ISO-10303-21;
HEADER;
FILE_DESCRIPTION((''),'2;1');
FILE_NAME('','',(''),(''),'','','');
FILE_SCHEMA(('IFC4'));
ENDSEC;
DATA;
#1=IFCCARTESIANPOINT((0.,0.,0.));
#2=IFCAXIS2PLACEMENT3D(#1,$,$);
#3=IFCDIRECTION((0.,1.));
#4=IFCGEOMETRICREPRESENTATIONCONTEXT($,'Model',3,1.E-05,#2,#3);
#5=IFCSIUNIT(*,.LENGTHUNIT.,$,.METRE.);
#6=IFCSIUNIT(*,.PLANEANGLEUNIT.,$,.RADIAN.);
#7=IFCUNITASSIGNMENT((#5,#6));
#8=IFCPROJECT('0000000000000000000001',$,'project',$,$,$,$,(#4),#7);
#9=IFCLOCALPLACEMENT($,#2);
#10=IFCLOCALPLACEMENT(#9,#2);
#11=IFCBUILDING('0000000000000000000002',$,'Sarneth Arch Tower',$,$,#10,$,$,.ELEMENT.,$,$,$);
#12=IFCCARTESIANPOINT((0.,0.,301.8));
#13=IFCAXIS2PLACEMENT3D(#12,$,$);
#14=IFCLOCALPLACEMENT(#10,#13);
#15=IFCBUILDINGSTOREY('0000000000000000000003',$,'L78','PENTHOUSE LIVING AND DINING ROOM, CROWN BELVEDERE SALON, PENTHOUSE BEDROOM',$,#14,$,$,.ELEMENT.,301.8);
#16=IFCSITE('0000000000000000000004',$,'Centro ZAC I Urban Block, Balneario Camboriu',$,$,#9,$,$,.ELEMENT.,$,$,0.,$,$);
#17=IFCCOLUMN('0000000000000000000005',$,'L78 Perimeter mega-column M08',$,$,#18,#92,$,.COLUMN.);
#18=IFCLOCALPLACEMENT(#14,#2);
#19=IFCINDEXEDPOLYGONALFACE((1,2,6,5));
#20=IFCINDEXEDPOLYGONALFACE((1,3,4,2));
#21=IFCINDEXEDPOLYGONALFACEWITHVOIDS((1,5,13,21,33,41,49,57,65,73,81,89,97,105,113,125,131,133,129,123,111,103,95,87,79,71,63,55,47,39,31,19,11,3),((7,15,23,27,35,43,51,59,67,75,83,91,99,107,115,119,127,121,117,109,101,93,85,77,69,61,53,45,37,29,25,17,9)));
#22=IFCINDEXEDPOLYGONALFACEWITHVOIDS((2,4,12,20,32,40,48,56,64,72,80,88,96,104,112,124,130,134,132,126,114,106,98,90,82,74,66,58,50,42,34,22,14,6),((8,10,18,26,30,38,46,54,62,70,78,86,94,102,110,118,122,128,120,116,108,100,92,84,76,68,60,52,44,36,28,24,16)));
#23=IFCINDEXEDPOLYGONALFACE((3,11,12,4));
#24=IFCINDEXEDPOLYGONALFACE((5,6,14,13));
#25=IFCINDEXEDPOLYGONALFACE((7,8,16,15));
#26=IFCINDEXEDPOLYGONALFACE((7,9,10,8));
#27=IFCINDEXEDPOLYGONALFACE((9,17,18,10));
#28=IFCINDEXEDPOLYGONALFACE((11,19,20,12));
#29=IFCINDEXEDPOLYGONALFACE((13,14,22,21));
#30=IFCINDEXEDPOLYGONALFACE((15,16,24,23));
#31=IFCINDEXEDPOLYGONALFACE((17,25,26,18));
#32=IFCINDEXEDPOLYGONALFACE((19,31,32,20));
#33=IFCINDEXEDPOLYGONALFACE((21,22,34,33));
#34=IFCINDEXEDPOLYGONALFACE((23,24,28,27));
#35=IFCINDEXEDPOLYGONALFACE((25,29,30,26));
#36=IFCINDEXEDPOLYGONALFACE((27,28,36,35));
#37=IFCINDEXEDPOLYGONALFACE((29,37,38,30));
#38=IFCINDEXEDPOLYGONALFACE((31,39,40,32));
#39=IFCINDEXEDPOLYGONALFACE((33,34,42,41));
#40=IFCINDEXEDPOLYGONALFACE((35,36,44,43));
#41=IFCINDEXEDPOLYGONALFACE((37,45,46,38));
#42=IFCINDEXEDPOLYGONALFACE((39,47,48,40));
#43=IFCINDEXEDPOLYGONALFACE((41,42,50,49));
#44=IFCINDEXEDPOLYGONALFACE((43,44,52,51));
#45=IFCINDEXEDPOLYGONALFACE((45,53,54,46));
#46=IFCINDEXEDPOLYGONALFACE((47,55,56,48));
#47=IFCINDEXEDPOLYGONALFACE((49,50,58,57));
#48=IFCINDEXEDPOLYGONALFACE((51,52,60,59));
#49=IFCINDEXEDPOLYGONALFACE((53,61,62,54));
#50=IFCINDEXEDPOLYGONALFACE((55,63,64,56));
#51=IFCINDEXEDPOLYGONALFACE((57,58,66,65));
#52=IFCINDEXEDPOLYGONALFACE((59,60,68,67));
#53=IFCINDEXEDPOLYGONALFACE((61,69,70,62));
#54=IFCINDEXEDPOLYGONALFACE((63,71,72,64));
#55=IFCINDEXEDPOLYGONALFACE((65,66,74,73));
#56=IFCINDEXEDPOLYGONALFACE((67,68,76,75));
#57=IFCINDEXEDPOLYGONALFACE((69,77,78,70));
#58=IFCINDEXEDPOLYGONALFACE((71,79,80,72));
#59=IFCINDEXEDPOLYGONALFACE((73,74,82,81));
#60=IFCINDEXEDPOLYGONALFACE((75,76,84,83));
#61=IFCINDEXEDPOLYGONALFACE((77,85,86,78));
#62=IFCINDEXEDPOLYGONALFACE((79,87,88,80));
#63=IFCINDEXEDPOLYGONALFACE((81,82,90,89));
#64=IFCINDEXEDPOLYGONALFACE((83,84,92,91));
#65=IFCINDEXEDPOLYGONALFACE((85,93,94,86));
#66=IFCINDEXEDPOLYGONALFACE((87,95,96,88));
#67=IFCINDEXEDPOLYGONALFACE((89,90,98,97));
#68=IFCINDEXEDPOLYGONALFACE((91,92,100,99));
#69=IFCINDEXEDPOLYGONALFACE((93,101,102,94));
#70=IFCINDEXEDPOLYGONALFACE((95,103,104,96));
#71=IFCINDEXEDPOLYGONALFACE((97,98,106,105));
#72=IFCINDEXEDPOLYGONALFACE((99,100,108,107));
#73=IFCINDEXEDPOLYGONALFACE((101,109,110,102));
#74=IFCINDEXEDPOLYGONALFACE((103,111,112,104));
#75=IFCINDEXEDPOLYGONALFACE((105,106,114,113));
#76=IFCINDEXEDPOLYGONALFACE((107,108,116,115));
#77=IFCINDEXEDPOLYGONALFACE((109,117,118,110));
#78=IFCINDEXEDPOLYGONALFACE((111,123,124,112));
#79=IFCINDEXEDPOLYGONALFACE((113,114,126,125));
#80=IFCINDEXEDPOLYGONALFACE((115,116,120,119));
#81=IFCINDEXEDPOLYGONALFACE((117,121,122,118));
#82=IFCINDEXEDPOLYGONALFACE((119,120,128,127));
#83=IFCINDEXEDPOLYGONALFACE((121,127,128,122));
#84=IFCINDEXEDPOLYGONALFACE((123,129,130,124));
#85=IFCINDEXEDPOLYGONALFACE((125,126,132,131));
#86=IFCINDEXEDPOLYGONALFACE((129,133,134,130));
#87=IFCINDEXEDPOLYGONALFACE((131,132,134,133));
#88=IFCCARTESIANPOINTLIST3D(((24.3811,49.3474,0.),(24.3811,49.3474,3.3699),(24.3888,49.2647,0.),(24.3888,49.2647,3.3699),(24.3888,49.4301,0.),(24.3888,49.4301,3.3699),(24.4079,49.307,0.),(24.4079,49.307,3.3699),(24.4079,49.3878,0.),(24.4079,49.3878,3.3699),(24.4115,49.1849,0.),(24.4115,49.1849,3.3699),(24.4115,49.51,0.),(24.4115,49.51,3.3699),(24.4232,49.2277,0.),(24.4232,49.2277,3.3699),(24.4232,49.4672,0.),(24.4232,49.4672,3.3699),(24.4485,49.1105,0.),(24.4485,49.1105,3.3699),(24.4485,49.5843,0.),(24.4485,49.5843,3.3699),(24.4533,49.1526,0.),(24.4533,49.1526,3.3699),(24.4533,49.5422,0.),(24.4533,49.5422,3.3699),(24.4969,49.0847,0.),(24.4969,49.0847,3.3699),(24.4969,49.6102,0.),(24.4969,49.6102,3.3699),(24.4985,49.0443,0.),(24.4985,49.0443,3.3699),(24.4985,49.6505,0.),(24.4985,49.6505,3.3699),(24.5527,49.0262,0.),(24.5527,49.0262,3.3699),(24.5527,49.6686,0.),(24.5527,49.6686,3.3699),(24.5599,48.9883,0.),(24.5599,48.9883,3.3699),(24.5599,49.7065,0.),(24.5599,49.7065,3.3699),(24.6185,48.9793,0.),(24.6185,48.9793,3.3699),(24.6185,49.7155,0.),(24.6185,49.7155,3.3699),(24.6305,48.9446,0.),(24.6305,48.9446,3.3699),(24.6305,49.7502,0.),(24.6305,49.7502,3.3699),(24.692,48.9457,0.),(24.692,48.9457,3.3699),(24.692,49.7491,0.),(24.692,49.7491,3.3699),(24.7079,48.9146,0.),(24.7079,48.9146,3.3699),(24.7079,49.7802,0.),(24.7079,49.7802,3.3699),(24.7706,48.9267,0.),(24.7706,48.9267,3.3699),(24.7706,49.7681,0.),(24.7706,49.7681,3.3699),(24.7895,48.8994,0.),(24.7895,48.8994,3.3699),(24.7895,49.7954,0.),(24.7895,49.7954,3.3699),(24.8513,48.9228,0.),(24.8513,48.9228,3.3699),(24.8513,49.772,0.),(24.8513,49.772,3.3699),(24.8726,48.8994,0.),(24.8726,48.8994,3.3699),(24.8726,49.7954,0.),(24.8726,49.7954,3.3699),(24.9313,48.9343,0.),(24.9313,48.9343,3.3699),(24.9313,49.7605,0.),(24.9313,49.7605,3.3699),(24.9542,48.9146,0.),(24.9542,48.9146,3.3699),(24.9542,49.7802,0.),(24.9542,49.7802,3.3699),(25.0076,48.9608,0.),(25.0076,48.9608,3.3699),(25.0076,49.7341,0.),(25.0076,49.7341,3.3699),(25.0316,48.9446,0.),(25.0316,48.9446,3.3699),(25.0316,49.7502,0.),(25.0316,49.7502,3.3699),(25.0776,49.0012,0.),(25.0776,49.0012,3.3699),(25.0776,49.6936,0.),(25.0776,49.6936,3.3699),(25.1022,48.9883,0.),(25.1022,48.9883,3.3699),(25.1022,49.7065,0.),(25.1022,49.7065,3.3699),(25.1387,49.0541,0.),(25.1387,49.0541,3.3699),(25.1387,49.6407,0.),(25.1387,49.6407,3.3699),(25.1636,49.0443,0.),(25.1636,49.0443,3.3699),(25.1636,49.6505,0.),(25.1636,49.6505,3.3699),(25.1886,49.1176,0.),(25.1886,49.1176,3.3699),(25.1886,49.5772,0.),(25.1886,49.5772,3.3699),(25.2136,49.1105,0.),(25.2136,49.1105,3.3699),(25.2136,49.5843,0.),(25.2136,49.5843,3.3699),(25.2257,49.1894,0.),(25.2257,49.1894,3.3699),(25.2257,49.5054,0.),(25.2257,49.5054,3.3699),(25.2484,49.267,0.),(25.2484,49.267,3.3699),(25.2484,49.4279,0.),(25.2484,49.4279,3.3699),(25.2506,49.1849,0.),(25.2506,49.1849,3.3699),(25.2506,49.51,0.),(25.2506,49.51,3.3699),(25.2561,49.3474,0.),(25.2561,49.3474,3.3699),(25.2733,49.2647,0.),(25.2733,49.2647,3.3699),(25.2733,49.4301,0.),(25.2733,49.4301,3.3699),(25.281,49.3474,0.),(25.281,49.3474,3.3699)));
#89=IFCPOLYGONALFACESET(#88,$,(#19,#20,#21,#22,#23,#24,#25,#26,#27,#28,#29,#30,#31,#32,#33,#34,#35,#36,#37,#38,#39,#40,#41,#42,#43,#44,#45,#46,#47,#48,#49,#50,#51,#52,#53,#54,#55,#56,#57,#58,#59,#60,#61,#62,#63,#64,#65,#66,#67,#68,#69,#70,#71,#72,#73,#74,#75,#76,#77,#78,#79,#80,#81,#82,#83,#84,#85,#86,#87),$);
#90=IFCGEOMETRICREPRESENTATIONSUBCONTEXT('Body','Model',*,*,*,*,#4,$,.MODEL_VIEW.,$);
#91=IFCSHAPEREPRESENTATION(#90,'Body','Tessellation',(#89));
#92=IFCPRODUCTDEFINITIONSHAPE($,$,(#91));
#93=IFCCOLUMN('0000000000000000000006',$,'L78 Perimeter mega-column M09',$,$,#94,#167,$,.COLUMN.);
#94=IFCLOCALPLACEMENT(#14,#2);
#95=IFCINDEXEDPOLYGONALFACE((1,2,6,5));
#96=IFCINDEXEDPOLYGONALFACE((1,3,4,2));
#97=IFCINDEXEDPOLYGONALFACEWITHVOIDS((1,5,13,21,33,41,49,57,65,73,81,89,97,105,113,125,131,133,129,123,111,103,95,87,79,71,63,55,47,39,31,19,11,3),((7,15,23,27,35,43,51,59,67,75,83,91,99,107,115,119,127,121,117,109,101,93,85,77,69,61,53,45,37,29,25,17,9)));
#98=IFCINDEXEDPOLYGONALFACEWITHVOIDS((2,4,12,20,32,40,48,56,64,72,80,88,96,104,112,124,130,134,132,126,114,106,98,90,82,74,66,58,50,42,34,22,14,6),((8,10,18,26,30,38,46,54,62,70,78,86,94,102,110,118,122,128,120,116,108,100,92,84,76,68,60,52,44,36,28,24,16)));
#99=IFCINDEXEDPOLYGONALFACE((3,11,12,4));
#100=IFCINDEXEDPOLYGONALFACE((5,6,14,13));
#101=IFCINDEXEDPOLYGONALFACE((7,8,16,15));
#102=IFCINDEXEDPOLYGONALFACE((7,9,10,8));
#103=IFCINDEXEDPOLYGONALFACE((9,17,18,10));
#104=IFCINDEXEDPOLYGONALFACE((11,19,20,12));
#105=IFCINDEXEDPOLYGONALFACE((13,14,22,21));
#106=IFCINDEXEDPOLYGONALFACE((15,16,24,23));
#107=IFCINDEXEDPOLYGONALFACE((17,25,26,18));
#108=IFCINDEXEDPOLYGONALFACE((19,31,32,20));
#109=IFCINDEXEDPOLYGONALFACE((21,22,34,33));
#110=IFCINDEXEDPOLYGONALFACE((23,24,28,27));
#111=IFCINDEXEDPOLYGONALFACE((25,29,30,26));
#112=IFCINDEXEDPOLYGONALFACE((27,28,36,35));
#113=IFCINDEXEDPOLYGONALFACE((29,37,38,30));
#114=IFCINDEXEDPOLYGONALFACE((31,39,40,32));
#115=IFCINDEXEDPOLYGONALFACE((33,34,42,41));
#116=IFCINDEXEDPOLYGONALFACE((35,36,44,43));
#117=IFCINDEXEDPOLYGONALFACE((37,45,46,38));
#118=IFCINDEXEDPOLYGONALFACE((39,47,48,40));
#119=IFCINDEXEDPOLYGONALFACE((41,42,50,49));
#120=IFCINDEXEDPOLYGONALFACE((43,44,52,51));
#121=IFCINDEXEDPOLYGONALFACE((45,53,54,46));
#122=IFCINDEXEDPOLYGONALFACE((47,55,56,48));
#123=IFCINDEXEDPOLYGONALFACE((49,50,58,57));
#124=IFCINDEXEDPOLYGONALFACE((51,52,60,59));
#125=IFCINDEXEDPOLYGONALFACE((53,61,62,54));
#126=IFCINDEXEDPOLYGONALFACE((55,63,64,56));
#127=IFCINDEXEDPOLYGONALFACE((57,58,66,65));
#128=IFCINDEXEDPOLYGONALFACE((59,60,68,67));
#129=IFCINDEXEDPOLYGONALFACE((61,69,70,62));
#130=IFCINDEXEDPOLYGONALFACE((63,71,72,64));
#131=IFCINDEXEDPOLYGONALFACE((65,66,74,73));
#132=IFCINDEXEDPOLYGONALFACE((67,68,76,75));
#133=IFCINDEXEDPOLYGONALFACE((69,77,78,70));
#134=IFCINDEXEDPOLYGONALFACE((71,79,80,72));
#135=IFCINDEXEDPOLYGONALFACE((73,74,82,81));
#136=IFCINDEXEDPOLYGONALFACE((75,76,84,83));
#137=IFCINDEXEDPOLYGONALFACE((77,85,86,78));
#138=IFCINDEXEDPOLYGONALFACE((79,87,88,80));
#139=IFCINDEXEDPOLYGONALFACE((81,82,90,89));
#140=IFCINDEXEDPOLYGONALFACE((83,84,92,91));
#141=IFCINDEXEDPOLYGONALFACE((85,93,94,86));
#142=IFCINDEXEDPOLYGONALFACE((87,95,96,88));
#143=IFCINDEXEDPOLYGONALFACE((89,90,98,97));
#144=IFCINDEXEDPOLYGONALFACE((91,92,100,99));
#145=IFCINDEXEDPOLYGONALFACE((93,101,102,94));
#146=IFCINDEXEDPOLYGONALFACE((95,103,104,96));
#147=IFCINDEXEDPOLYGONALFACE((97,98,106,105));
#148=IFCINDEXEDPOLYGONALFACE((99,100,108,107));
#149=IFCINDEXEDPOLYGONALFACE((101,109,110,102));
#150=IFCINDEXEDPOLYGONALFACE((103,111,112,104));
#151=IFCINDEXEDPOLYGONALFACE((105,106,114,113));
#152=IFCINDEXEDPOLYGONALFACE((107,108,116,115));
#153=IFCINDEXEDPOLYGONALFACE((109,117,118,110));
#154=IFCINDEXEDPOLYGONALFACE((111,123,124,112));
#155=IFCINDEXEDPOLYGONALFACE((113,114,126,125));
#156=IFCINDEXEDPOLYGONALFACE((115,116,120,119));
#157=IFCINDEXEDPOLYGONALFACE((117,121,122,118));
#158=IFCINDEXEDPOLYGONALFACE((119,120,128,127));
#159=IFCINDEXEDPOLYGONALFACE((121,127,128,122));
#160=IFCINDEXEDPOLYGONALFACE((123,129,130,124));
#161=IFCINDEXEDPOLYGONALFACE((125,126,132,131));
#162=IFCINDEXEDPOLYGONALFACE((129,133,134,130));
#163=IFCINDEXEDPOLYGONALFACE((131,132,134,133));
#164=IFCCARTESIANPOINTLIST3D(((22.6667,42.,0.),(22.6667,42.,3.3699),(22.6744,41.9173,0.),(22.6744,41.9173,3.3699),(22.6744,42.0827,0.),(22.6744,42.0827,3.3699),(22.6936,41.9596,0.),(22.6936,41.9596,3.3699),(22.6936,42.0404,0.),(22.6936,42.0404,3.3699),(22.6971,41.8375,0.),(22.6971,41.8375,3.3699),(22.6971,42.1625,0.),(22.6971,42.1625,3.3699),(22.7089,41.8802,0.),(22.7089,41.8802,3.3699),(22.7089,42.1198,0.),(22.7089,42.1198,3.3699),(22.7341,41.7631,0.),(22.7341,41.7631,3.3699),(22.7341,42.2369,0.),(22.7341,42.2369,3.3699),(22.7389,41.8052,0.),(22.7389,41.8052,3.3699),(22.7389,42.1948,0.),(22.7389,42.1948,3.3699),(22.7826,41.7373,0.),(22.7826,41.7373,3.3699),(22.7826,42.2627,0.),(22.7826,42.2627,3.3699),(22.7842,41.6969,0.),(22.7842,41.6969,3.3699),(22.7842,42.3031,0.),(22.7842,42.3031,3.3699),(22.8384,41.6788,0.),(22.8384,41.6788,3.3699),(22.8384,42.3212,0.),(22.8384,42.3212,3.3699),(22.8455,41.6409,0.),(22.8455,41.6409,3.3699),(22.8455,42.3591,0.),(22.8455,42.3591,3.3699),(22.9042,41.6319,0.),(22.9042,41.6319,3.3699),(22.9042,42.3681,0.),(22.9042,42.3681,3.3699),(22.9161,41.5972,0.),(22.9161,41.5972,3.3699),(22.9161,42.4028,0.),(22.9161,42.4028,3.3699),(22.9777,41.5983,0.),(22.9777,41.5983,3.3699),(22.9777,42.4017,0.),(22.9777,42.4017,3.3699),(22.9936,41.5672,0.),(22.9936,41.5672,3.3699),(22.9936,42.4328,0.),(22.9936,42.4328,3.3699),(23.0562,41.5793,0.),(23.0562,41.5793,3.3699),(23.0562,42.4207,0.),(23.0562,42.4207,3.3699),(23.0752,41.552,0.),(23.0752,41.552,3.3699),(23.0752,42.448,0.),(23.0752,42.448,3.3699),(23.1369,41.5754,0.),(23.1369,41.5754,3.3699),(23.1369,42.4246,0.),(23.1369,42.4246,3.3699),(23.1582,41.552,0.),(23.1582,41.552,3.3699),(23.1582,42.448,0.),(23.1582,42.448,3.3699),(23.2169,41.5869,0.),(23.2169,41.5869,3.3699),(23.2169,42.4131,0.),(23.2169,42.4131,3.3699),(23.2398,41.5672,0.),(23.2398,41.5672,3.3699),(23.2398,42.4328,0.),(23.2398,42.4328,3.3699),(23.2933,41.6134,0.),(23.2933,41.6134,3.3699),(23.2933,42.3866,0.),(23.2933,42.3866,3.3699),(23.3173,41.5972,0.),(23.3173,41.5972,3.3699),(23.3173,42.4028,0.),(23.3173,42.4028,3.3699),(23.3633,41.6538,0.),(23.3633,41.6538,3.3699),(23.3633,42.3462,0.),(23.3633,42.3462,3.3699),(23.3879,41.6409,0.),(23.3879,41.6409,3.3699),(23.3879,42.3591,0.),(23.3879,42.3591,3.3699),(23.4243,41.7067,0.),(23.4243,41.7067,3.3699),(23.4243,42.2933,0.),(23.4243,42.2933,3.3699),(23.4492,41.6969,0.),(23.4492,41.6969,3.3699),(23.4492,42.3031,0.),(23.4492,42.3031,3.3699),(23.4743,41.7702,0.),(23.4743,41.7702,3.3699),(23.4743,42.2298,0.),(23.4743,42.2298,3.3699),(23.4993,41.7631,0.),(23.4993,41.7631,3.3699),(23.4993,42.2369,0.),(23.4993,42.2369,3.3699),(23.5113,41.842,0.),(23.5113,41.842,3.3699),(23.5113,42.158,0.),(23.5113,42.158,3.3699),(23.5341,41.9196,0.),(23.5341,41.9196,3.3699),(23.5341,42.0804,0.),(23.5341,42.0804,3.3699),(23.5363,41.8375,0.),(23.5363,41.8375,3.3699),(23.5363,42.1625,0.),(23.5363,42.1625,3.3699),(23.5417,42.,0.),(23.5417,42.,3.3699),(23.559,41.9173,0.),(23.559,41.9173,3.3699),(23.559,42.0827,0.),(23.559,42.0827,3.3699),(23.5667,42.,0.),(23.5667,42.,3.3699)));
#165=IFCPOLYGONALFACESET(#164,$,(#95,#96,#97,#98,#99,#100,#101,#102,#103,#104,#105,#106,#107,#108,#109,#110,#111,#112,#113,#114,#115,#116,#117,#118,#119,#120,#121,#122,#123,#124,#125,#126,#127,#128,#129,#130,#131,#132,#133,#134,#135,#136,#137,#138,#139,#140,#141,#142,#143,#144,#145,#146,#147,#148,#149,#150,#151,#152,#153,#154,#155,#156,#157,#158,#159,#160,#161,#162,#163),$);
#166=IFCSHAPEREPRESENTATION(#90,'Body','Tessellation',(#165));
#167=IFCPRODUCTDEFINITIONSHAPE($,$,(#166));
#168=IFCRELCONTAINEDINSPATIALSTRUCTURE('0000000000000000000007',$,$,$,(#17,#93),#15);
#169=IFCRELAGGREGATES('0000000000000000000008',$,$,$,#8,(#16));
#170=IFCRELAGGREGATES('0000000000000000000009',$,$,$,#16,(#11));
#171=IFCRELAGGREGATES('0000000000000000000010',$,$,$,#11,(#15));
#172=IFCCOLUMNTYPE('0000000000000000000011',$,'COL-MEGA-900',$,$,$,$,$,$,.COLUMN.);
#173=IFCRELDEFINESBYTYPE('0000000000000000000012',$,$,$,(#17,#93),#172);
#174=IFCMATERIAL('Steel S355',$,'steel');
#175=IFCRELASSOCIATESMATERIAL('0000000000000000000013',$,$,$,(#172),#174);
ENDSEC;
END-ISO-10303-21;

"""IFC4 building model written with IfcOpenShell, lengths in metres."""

from ifc_helpers import new_model, si_unit, direction, frame, origin, origin_2d, place, context, subcontext, project, spatial, hollow_circle, extrude, material, material_profile, profile_set, type_object, element, save


model = new_model("IFC4")

# Units and contexts
model_context = context("Model", 3, precision=1e-05, world=origin(), true_north=direction((0.0, 1.0)))
body_context = subcontext(model_context, "Body", "Model", "MODEL_VIEW")
ifc_project = project(units=[si_unit("LENGTHUNIT", "METRE"), si_unit("PLANEANGLEUNIT", "RADIAN")], contexts=[model_context])

# Site, building, storey
site_placement = place(None, origin())
site = spatial("IfcSite", under=ifc_project, at=site_placement, Name="Centro ZAC I Urban Block, Balneario Camboriu", CompositionType="ELEMENT", RefElevation=0.0)
building_placement = place(site_placement, origin())
building = spatial("IfcBuilding", under=site, at=building_placement, Name="Sarneth Arch Tower", CompositionType="ELEMENT")
storey_placement = place(building_placement, frame((0.0, 0.0, 301.8)))
storey = spatial("IfcBuildingStorey", under=building, at=storey_placement, Name="L78", Description="PENTHOUSE LIVING AND DINING ROOM, CROWN BELVEDERE SALON, PENTHOUSE BEDROOM", CompositionType="ELEMENT", Elevation=301.8)

# Columns
ifc_material_1 = material(Name="Steel S355", Category="steel")
ifc_material_profile_1 = material_profile(ifc_material_1, hollow_circle(Radius=0.45, WallThickness=0.0249, at=origin_2d()), Name="CHS900x25")
ifc_profile_set_1 = profile_set([ifc_material_profile_1], Name="Steel S355")
column_type = type_object("IfcColumnType", Name="COL-MEGA-900", PredefinedType="COLUMN", material=ifc_profile_set_1)
for number, where, z_axis, x_axis, name in (
    (1, (24.8311, 49.3474, 0.0), (0.0, 0.0, 1.0), (1.0, 0.0, 0.0), "L78 Perimeter mega-column M08"),
    (2, (23.1167, 42.0, 0.0), (0.0, 0.0, 1.0), (1.0, 0.0, 0.0), "L78 Perimeter mega-column M09"),
):
    element("IfcColumn", number, at=place(storey_placement, frame(where, z_axis=z_axis, x_axis=x_axis)), inside=storey, type_object=column_type, Name=name, PredefinedType="COLUMN", context=body_context, shape_type="SweptSolid", body=[
        extrude(hollow_circle(Radius=0.45, WallThickness=0.0249, at=origin_2d()), origin(), (0.0, 0.0, 1.0), 3.3699),
    ])

save(model, "model.ifc")
